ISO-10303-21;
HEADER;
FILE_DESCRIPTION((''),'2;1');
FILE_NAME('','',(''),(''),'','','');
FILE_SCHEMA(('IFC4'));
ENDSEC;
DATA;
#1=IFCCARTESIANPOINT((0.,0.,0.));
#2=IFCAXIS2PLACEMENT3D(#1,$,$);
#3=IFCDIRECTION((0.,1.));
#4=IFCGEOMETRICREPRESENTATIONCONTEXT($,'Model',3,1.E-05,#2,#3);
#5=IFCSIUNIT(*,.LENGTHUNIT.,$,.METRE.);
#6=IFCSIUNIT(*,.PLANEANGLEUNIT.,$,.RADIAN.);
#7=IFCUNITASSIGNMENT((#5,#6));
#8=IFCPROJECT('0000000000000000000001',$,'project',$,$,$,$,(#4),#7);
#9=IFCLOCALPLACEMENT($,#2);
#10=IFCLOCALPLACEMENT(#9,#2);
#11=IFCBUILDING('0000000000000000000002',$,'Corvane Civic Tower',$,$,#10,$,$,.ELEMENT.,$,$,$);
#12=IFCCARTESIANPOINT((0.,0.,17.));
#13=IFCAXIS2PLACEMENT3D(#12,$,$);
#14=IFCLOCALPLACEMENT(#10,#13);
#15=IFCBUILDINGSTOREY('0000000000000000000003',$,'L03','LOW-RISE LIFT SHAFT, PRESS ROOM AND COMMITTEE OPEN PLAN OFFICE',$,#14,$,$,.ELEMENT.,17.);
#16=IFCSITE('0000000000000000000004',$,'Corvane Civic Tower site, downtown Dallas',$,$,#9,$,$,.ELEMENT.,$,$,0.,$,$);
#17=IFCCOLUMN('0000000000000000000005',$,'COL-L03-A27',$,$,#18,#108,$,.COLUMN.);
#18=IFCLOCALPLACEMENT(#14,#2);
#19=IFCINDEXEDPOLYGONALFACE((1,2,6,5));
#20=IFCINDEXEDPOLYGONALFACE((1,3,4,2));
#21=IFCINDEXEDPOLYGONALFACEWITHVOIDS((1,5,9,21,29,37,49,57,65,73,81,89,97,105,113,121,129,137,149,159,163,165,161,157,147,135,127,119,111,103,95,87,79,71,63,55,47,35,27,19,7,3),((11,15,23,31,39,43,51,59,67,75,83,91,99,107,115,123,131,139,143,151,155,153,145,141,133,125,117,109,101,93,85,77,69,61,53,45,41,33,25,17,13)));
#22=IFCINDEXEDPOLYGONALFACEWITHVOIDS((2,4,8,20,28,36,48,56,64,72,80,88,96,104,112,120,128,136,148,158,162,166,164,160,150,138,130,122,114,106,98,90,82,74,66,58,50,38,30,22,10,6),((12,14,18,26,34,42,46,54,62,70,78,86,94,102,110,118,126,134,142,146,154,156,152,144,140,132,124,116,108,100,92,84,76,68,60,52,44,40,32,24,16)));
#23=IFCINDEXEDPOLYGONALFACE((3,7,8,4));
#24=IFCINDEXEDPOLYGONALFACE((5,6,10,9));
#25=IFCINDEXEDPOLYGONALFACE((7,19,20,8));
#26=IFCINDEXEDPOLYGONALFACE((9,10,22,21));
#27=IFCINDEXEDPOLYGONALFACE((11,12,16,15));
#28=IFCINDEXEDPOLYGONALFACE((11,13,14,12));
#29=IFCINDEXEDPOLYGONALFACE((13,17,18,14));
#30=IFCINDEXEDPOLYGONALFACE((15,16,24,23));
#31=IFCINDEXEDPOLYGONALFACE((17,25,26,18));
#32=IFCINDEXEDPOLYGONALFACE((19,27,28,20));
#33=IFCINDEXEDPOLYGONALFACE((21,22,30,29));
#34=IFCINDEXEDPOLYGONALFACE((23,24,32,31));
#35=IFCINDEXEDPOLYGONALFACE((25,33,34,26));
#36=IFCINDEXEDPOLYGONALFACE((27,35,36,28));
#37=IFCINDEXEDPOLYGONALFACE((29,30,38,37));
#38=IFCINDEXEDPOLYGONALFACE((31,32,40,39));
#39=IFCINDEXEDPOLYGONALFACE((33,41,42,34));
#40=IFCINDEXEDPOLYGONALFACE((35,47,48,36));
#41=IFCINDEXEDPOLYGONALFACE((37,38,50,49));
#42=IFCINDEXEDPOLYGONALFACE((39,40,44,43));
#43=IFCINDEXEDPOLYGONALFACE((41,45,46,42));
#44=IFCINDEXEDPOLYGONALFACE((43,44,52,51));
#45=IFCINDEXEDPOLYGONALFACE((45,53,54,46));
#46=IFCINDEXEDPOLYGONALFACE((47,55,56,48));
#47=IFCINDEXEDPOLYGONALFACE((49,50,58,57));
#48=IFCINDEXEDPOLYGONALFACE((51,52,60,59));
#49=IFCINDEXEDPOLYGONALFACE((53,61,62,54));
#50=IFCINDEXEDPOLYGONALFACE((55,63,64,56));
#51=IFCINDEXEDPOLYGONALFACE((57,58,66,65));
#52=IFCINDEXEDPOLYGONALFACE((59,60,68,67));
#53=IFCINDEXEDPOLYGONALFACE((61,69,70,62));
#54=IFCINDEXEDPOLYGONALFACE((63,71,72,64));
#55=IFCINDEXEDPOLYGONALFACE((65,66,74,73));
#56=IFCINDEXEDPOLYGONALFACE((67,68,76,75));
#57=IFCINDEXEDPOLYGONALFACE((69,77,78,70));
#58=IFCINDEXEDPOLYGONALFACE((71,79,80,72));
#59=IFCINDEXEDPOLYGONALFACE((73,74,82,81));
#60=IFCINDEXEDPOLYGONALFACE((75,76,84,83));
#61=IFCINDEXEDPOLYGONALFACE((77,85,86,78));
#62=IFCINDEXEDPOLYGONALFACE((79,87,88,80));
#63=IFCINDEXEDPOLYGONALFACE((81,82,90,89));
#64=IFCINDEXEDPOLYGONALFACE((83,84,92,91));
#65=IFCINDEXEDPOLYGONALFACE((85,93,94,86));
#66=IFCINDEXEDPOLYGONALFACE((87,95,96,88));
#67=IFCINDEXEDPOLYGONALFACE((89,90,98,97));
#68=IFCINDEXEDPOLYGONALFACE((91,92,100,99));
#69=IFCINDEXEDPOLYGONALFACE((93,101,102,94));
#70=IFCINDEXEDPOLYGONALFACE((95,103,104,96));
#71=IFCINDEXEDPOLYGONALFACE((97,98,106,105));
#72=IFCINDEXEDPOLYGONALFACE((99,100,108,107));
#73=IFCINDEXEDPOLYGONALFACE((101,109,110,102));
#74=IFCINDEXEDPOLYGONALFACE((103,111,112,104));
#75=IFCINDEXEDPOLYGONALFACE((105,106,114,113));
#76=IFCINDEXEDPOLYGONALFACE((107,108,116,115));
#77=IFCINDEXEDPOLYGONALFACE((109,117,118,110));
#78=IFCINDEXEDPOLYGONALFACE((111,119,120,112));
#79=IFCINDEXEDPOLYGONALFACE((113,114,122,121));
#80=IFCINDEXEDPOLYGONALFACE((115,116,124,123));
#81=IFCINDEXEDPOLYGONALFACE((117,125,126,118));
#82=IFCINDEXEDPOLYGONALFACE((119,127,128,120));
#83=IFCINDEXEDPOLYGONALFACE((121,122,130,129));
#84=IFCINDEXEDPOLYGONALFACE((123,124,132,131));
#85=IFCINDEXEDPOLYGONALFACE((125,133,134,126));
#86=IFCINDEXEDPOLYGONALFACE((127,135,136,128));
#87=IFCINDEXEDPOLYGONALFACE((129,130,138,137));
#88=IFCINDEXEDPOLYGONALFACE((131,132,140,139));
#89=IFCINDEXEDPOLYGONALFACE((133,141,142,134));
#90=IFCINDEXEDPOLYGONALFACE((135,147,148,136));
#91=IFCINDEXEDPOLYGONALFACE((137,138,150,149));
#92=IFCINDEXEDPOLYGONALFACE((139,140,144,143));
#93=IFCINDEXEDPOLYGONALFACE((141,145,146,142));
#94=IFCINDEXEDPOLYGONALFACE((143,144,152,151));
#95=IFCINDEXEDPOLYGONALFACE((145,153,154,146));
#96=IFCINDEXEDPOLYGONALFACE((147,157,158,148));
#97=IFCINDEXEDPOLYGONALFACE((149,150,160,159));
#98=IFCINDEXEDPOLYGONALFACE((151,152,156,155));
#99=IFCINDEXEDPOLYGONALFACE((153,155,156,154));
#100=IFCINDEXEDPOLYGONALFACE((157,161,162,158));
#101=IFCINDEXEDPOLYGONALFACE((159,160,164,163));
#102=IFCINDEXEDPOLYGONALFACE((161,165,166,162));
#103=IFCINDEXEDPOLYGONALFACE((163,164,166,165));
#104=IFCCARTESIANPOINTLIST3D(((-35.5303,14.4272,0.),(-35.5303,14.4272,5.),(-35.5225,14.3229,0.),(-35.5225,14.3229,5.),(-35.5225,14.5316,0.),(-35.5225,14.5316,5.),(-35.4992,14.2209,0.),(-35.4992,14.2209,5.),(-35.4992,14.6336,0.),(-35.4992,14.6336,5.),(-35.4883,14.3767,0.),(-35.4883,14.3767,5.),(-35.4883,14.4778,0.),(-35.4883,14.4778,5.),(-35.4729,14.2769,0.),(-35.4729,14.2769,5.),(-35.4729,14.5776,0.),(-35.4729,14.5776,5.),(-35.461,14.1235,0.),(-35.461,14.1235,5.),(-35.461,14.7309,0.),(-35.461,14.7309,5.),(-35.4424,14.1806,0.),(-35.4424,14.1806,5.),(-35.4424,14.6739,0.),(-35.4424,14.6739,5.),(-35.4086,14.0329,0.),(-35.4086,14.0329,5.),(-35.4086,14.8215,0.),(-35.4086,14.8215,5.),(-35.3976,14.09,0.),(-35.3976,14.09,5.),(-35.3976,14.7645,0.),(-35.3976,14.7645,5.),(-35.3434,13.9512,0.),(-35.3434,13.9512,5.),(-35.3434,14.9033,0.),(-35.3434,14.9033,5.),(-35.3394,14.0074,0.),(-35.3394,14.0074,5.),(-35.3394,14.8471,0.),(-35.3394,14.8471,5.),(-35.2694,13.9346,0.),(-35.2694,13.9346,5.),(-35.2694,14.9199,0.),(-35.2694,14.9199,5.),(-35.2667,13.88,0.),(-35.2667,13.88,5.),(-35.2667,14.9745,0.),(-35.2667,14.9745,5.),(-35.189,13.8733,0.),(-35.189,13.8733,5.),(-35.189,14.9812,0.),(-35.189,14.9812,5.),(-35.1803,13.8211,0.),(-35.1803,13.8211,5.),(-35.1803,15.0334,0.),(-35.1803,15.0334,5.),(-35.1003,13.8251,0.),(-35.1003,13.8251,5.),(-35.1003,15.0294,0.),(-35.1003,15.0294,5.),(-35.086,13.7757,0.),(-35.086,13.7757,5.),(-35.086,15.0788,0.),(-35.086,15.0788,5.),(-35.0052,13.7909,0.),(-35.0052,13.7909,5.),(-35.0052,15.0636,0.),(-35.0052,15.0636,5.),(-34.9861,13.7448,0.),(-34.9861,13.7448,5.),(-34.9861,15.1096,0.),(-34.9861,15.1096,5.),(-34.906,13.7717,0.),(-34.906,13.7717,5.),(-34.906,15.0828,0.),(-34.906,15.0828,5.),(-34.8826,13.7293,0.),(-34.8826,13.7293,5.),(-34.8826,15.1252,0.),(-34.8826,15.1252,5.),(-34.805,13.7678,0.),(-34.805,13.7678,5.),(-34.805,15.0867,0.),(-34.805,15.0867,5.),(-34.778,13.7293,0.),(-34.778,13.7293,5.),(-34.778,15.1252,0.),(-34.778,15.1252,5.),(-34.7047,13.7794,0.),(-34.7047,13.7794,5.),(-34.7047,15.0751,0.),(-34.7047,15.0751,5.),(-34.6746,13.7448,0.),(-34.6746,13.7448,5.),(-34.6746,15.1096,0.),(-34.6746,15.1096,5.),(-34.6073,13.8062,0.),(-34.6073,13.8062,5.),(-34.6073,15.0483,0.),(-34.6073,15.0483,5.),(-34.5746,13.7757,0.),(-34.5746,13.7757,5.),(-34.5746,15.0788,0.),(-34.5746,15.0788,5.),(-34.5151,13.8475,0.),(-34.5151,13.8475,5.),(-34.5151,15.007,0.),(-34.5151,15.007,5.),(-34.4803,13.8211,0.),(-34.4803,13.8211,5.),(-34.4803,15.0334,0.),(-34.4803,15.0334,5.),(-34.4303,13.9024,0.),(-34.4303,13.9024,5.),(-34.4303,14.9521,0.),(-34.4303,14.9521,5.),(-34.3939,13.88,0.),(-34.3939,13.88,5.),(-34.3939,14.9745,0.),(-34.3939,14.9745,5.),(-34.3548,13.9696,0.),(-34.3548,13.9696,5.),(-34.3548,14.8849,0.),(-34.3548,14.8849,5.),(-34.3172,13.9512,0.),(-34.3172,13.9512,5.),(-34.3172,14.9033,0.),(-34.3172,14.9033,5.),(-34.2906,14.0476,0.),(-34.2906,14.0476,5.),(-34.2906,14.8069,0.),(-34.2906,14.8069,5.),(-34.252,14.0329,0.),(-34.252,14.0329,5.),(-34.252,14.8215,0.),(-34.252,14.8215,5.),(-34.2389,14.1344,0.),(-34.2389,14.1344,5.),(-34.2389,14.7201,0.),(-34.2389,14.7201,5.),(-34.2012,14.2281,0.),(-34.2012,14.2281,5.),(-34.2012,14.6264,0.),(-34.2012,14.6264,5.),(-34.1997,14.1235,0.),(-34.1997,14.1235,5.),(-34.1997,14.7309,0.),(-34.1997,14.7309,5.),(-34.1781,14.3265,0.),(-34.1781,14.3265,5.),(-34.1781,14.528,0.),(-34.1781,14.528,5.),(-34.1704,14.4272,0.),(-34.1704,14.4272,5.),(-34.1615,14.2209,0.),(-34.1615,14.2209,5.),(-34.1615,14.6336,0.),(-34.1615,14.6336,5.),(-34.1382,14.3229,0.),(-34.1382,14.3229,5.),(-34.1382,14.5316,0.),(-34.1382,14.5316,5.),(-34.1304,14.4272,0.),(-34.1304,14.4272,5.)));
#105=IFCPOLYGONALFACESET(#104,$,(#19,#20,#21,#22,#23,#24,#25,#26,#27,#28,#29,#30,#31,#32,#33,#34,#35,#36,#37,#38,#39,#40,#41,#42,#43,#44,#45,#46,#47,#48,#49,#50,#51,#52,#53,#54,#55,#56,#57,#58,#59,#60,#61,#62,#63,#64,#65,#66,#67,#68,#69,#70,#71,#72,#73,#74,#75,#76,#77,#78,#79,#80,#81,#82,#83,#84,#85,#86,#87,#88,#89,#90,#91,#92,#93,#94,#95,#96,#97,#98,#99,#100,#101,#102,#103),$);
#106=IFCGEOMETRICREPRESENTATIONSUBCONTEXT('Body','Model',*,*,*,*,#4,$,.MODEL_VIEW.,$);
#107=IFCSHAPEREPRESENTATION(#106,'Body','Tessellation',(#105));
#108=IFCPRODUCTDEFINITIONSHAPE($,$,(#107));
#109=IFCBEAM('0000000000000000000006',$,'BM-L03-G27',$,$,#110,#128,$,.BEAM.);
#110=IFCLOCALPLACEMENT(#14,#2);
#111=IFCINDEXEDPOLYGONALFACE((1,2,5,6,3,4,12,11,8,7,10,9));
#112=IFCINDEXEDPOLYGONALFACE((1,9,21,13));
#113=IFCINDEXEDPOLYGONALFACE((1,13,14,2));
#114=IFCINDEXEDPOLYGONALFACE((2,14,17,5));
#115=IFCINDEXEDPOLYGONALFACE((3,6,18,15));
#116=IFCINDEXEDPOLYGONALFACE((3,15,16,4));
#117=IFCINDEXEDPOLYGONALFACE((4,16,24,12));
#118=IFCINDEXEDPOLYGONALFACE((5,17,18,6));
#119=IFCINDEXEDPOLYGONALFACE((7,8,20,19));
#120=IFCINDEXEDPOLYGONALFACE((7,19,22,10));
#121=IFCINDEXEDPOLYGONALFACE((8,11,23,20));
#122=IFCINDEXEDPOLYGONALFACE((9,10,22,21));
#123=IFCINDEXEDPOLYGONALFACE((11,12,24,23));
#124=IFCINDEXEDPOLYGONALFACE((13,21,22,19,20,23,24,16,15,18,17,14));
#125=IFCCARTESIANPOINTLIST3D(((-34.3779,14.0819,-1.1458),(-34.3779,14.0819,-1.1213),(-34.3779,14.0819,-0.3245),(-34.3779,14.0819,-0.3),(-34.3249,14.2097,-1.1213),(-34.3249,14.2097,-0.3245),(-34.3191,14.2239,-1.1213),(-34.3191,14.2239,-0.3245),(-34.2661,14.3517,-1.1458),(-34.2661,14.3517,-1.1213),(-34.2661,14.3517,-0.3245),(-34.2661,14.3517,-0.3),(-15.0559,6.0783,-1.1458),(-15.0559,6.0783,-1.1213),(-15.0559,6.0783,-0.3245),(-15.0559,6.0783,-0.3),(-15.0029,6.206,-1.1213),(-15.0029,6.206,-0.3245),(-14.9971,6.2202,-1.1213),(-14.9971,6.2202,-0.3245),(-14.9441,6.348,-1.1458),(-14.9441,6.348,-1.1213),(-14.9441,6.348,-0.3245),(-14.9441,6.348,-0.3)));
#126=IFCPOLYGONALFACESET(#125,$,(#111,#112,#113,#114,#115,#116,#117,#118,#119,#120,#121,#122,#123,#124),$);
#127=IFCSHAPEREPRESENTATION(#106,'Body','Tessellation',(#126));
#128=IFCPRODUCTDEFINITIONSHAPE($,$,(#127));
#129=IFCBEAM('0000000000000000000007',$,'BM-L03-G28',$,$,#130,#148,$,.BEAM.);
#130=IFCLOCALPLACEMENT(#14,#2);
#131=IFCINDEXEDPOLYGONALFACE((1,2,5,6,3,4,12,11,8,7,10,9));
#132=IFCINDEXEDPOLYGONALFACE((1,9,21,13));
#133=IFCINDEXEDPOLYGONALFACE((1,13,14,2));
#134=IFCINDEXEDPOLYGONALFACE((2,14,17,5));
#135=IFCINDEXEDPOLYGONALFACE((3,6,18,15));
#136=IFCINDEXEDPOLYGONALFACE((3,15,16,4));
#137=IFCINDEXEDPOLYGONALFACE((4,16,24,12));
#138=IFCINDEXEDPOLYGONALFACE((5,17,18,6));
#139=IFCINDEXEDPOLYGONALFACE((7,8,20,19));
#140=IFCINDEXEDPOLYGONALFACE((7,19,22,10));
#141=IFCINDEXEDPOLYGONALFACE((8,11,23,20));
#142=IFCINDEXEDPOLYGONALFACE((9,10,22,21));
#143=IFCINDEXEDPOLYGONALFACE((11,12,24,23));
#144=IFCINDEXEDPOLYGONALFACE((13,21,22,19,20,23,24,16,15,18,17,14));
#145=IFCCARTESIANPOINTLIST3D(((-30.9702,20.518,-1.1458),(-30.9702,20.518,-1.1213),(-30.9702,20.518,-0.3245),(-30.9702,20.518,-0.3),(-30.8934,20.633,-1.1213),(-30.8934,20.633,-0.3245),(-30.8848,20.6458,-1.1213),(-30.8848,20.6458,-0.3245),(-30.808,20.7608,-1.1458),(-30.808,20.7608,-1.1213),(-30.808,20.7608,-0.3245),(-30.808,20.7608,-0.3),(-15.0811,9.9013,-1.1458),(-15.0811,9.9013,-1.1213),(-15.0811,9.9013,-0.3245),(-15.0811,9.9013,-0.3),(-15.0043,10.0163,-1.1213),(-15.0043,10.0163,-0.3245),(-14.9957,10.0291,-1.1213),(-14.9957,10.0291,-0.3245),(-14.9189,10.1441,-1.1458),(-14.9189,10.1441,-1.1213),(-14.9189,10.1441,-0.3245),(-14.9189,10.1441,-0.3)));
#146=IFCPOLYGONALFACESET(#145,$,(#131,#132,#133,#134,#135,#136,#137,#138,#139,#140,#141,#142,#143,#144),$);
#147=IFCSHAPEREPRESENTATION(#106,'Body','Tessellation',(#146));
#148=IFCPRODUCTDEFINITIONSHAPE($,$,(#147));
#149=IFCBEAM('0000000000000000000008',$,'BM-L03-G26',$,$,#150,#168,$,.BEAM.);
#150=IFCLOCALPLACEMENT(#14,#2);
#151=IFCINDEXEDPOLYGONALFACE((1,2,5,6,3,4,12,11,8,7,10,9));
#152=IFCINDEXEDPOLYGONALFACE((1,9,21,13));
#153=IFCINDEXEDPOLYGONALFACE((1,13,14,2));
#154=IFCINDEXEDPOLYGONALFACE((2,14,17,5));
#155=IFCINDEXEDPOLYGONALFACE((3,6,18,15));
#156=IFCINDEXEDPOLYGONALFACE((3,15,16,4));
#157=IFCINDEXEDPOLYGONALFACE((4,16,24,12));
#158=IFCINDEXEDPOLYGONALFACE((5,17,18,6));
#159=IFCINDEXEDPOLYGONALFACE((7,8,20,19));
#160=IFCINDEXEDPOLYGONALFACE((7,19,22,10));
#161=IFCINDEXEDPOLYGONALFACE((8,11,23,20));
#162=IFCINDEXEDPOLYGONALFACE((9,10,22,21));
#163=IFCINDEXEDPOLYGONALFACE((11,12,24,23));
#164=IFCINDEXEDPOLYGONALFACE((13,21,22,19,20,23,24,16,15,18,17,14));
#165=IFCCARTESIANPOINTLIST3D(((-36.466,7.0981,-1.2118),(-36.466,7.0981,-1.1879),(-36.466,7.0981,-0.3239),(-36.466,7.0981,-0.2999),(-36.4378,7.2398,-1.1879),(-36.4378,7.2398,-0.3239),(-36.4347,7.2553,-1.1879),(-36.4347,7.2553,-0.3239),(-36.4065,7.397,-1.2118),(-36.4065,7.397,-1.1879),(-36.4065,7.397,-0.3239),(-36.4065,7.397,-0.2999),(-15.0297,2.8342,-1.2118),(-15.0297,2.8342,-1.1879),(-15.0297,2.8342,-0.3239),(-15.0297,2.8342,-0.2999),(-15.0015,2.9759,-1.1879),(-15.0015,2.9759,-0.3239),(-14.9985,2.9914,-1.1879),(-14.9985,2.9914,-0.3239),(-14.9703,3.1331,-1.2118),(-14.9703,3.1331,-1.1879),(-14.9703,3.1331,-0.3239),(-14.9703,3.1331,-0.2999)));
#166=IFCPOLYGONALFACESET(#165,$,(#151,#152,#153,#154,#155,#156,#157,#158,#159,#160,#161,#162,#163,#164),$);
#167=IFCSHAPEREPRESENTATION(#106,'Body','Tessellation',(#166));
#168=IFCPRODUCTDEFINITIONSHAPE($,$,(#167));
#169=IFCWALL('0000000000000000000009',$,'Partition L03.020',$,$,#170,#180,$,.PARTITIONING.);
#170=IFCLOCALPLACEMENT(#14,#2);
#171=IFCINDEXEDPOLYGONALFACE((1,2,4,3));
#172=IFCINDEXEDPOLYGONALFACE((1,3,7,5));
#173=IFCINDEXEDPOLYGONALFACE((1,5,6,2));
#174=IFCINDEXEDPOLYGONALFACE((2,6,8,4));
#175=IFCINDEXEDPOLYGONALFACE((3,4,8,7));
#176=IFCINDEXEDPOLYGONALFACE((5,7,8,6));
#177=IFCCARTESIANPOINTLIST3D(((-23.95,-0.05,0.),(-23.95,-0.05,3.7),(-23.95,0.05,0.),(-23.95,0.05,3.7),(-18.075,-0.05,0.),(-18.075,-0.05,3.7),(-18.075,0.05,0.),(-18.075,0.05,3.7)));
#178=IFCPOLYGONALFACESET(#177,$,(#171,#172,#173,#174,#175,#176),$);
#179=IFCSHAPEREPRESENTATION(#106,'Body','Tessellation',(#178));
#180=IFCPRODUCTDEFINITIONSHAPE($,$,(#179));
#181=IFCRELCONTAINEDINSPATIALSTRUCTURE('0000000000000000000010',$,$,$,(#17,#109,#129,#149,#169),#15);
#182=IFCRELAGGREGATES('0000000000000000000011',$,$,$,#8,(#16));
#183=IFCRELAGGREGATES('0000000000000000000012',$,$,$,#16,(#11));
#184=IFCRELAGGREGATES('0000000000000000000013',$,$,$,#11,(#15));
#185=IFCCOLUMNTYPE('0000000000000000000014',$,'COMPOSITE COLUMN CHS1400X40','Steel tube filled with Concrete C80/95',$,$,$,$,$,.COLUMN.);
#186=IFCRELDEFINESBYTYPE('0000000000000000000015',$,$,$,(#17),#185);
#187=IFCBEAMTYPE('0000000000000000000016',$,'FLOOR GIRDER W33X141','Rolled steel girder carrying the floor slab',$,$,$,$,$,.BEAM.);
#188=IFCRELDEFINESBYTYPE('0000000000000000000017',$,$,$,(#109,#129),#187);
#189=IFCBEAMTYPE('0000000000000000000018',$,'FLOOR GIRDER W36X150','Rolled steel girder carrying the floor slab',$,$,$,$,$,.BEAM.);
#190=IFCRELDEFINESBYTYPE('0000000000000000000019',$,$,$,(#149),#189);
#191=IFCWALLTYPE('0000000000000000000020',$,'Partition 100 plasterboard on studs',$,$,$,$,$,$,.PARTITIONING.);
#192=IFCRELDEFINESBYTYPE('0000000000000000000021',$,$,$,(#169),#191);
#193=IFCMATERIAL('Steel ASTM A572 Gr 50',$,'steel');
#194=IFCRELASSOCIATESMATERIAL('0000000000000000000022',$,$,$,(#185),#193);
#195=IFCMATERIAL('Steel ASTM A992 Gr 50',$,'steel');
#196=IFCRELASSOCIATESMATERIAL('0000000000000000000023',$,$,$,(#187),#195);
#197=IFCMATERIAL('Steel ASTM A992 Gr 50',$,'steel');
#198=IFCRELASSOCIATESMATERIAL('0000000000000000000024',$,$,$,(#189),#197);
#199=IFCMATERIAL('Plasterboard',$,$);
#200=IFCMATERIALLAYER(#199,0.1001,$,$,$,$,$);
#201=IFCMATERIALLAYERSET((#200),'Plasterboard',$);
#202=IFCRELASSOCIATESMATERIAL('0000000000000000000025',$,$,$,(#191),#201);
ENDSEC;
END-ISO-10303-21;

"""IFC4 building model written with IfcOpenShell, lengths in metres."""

from ifc_helpers import new_model, si_unit, direction, frame, frame_2d, origin, origin_2d, place, context, subcontext, project, spatial, rectangle, hollow_circle, i_section, extrude, material, layer, layer_set, material_profile, profile_set, type_object, element, save


model = new_model("IFC4")

# Units and contexts
model_context = context("Model", 3, precision=1e-05, world=origin(), true_north=direction((0.0, 1.0)))
body_context = subcontext(model_context, "Body", "Model", "MODEL_VIEW")
ifc_project = project(units=[si_unit("LENGTHUNIT", "METRE"), si_unit("PLANEANGLEUNIT", "RADIAN")], contexts=[model_context])

# Site, building, storey
site_placement = place(None, origin())
site = spatial("IfcSite", under=ifc_project, at=site_placement, Name="Corvane Civic Tower site, downtown Dallas", CompositionType="ELEMENT", RefElevation=0.0)
building_placement = place(site_placement, origin())
building = spatial("IfcBuilding", under=site, at=building_placement, Name="Corvane Civic Tower", CompositionType="ELEMENT")
storey_placement = place(building_placement, frame((0.0, 0.0, 17.0)))
storey = spatial("IfcBuildingStorey", under=building, at=storey_placement, Name="L03", Description="LOW-RISE LIFT SHAFT, PRESS ROOM AND COMMITTEE OPEN PLAN OFFICE", CompositionType="ELEMENT", Elevation=17.0)

# Column
ifc_material_1 = material(Name="Steel ASTM A572 Gr 50", Category="steel")
ifc_material_profile_1 = material_profile(ifc_material_1, hollow_circle(Radius=0.7, WallThickness=0.04, at=origin_2d()), Name="CHS1400X40")
ifc_profile_set_1 = profile_set([ifc_material_profile_1], Name="Steel ASTM A572 Gr 50")
column_type = type_object("IfcColumnType", Name="COMPOSITE COLUMN CHS1400X40", Description="Steel tube filled with Concrete C80/95", PredefinedType="COLUMN", material=ifc_profile_set_1)
column_placement = place(storey_placement, frame((-34.8303, 14.4272, 0.0), z_axis=(0.0, 0.0, 1.0), x_axis=(1.0, 0.0, 0.0)))
element("IfcColumn", 1, at=column_placement, inside=storey, type_object=column_type, Name="COL-L03-A27", PredefinedType="COLUMN", context=body_context, shape_type="SweptSolid", body=[
    extrude(hollow_circle(Radius=0.7, WallThickness=0.04, at=origin_2d()), origin(), (0.0, 0.0, 1.0), 5.0),
])

# Beams
ifc_material_2 = material(Name="Steel ASTM A992 Gr 50", Category="steel")
ifc_material_profile_2 = material_profile(ifc_material_2, i_section(OverallWidth=0.292, OverallDepth=0.8457, WebThickness=0.0154, FlangeThickness=0.0244, at=origin_2d()), Name="W33X141")
ifc_profile_set_2 = profile_set([ifc_material_profile_2], Name="Steel ASTM A992 Gr 50")
beam_type_1 = type_object("IfcBeamType", Name="FLOOR GIRDER W33X141", Description="Rolled steel girder carrying the floor slab", PredefinedType="BEAM", material=ifc_profile_set_2)
beam_1_placement = place(storey_placement, frame((-15.0, 6.2131, -0.7229), z_axis=(-0.923876, 0.382692, 0.0), x_axis=(-0.382692, -0.923876, 0.0)))
element("IfcBeam", 2, at=beam_1_placement, inside=storey, type_object=beam_type_1, Name="BM-L03-G27", PredefinedType="BEAM", context=body_context, shape_type="SweptSolid", body=[
    extrude(i_section(OverallWidth=0.292, OverallDepth=0.8457, WebThickness=0.0154, FlangeThickness=0.0244, at=origin_2d()), origin(), (0.0, 0.0, 1.0), 20.9141),
])
beam_2_placement = place(storey_placement, frame((-15.0, 10.0227, -0.7229), z_axis=(-0.831472, 0.555567, 0.0), x_axis=(-0.555567, -0.831472, 0.0)))
element("IfcBeam", 3, at=beam_2_placement, inside=storey, type_object=beam_type_1, Name="BM-L03-G28", PredefinedType="BEAM", context=body_context, shape_type="SweptSolid", body=[
    extrude(i_section(OverallWidth=0.292, OverallDepth=0.8457, WebThickness=0.0154, FlangeThickness=0.0244, at=origin_2d()), origin(), (0.0, 0.0, 1.0), 19.1096),
])
ifc_material_3 = material(Name="Steel ASTM A992 Gr 50", Category="steel")
ifc_material_profile_3 = material_profile(ifc_material_3, i_section(OverallWidth=0.3047, OverallDepth=0.9119, WebThickness=0.0159, FlangeThickness=0.0239, at=origin_2d()), Name="W36X150")
ifc_profile_set_3 = profile_set([ifc_material_profile_3], Name="Steel ASTM A992 Gr 50")
beam_type_2 = type_object("IfcBeamType", Name="FLOOR GIRDER W36X150", Description="Rolled steel girder carrying the floor slab", PredefinedType="BEAM", material=ifc_profile_set_3)
beam_3_placement = place(storey_placement, frame((-15.0, 2.9836, -0.7559), z_axis=(-0.980785, 0.195089, 0.0), x_axis=(-0.195089, -0.980785, 0.0)))
element("IfcBeam", 4, at=beam_3_placement, inside=storey, type_object=beam_type_2, Name="BM-L03-G26", PredefinedType="BEAM", context=body_context, shape_type="SweptSolid", body=[
    extrude(i_section(OverallWidth=0.3047, OverallDepth=0.9119, WebThickness=0.0159, FlangeThickness=0.0239, at=origin_2d()), origin(), (0.0, 0.0, 1.0), 21.8562),
])

# Wall
ifc_material_4 = material(Name="Plasterboard")
ifc_layer_1 = layer(ifc_material_4, 0.1001)
ifc_layer_set_1 = layer_set([ifc_layer_1], Name="Plasterboard")
wall_type_1 = type_object("IfcWallType", Name="Partition 100 plasterboard on studs", PredefinedType="PARTITIONING", material=ifc_layer_set_1)
wall_1_placement = place(storey_placement, frame((-23.95, 0.0, 0.0), z_axis=(0.0, 0.0, 1.0), x_axis=(1.0, 0.0, 0.0)))
element("IfcWall", 5, at=wall_1_placement, inside=storey, type_object=wall_type_1, Name="Partition L03.020", PredefinedType="PARTITIONING", context=body_context, shape_type="SweptSolid", body=[
    extrude(rectangle(XDim=5.875, YDim=0.1001, at=frame_2d((2.9375, 0.0))), origin(), (0.0, 0.0, 1.0), 3.7),
])

save(model, "model.ifc")
